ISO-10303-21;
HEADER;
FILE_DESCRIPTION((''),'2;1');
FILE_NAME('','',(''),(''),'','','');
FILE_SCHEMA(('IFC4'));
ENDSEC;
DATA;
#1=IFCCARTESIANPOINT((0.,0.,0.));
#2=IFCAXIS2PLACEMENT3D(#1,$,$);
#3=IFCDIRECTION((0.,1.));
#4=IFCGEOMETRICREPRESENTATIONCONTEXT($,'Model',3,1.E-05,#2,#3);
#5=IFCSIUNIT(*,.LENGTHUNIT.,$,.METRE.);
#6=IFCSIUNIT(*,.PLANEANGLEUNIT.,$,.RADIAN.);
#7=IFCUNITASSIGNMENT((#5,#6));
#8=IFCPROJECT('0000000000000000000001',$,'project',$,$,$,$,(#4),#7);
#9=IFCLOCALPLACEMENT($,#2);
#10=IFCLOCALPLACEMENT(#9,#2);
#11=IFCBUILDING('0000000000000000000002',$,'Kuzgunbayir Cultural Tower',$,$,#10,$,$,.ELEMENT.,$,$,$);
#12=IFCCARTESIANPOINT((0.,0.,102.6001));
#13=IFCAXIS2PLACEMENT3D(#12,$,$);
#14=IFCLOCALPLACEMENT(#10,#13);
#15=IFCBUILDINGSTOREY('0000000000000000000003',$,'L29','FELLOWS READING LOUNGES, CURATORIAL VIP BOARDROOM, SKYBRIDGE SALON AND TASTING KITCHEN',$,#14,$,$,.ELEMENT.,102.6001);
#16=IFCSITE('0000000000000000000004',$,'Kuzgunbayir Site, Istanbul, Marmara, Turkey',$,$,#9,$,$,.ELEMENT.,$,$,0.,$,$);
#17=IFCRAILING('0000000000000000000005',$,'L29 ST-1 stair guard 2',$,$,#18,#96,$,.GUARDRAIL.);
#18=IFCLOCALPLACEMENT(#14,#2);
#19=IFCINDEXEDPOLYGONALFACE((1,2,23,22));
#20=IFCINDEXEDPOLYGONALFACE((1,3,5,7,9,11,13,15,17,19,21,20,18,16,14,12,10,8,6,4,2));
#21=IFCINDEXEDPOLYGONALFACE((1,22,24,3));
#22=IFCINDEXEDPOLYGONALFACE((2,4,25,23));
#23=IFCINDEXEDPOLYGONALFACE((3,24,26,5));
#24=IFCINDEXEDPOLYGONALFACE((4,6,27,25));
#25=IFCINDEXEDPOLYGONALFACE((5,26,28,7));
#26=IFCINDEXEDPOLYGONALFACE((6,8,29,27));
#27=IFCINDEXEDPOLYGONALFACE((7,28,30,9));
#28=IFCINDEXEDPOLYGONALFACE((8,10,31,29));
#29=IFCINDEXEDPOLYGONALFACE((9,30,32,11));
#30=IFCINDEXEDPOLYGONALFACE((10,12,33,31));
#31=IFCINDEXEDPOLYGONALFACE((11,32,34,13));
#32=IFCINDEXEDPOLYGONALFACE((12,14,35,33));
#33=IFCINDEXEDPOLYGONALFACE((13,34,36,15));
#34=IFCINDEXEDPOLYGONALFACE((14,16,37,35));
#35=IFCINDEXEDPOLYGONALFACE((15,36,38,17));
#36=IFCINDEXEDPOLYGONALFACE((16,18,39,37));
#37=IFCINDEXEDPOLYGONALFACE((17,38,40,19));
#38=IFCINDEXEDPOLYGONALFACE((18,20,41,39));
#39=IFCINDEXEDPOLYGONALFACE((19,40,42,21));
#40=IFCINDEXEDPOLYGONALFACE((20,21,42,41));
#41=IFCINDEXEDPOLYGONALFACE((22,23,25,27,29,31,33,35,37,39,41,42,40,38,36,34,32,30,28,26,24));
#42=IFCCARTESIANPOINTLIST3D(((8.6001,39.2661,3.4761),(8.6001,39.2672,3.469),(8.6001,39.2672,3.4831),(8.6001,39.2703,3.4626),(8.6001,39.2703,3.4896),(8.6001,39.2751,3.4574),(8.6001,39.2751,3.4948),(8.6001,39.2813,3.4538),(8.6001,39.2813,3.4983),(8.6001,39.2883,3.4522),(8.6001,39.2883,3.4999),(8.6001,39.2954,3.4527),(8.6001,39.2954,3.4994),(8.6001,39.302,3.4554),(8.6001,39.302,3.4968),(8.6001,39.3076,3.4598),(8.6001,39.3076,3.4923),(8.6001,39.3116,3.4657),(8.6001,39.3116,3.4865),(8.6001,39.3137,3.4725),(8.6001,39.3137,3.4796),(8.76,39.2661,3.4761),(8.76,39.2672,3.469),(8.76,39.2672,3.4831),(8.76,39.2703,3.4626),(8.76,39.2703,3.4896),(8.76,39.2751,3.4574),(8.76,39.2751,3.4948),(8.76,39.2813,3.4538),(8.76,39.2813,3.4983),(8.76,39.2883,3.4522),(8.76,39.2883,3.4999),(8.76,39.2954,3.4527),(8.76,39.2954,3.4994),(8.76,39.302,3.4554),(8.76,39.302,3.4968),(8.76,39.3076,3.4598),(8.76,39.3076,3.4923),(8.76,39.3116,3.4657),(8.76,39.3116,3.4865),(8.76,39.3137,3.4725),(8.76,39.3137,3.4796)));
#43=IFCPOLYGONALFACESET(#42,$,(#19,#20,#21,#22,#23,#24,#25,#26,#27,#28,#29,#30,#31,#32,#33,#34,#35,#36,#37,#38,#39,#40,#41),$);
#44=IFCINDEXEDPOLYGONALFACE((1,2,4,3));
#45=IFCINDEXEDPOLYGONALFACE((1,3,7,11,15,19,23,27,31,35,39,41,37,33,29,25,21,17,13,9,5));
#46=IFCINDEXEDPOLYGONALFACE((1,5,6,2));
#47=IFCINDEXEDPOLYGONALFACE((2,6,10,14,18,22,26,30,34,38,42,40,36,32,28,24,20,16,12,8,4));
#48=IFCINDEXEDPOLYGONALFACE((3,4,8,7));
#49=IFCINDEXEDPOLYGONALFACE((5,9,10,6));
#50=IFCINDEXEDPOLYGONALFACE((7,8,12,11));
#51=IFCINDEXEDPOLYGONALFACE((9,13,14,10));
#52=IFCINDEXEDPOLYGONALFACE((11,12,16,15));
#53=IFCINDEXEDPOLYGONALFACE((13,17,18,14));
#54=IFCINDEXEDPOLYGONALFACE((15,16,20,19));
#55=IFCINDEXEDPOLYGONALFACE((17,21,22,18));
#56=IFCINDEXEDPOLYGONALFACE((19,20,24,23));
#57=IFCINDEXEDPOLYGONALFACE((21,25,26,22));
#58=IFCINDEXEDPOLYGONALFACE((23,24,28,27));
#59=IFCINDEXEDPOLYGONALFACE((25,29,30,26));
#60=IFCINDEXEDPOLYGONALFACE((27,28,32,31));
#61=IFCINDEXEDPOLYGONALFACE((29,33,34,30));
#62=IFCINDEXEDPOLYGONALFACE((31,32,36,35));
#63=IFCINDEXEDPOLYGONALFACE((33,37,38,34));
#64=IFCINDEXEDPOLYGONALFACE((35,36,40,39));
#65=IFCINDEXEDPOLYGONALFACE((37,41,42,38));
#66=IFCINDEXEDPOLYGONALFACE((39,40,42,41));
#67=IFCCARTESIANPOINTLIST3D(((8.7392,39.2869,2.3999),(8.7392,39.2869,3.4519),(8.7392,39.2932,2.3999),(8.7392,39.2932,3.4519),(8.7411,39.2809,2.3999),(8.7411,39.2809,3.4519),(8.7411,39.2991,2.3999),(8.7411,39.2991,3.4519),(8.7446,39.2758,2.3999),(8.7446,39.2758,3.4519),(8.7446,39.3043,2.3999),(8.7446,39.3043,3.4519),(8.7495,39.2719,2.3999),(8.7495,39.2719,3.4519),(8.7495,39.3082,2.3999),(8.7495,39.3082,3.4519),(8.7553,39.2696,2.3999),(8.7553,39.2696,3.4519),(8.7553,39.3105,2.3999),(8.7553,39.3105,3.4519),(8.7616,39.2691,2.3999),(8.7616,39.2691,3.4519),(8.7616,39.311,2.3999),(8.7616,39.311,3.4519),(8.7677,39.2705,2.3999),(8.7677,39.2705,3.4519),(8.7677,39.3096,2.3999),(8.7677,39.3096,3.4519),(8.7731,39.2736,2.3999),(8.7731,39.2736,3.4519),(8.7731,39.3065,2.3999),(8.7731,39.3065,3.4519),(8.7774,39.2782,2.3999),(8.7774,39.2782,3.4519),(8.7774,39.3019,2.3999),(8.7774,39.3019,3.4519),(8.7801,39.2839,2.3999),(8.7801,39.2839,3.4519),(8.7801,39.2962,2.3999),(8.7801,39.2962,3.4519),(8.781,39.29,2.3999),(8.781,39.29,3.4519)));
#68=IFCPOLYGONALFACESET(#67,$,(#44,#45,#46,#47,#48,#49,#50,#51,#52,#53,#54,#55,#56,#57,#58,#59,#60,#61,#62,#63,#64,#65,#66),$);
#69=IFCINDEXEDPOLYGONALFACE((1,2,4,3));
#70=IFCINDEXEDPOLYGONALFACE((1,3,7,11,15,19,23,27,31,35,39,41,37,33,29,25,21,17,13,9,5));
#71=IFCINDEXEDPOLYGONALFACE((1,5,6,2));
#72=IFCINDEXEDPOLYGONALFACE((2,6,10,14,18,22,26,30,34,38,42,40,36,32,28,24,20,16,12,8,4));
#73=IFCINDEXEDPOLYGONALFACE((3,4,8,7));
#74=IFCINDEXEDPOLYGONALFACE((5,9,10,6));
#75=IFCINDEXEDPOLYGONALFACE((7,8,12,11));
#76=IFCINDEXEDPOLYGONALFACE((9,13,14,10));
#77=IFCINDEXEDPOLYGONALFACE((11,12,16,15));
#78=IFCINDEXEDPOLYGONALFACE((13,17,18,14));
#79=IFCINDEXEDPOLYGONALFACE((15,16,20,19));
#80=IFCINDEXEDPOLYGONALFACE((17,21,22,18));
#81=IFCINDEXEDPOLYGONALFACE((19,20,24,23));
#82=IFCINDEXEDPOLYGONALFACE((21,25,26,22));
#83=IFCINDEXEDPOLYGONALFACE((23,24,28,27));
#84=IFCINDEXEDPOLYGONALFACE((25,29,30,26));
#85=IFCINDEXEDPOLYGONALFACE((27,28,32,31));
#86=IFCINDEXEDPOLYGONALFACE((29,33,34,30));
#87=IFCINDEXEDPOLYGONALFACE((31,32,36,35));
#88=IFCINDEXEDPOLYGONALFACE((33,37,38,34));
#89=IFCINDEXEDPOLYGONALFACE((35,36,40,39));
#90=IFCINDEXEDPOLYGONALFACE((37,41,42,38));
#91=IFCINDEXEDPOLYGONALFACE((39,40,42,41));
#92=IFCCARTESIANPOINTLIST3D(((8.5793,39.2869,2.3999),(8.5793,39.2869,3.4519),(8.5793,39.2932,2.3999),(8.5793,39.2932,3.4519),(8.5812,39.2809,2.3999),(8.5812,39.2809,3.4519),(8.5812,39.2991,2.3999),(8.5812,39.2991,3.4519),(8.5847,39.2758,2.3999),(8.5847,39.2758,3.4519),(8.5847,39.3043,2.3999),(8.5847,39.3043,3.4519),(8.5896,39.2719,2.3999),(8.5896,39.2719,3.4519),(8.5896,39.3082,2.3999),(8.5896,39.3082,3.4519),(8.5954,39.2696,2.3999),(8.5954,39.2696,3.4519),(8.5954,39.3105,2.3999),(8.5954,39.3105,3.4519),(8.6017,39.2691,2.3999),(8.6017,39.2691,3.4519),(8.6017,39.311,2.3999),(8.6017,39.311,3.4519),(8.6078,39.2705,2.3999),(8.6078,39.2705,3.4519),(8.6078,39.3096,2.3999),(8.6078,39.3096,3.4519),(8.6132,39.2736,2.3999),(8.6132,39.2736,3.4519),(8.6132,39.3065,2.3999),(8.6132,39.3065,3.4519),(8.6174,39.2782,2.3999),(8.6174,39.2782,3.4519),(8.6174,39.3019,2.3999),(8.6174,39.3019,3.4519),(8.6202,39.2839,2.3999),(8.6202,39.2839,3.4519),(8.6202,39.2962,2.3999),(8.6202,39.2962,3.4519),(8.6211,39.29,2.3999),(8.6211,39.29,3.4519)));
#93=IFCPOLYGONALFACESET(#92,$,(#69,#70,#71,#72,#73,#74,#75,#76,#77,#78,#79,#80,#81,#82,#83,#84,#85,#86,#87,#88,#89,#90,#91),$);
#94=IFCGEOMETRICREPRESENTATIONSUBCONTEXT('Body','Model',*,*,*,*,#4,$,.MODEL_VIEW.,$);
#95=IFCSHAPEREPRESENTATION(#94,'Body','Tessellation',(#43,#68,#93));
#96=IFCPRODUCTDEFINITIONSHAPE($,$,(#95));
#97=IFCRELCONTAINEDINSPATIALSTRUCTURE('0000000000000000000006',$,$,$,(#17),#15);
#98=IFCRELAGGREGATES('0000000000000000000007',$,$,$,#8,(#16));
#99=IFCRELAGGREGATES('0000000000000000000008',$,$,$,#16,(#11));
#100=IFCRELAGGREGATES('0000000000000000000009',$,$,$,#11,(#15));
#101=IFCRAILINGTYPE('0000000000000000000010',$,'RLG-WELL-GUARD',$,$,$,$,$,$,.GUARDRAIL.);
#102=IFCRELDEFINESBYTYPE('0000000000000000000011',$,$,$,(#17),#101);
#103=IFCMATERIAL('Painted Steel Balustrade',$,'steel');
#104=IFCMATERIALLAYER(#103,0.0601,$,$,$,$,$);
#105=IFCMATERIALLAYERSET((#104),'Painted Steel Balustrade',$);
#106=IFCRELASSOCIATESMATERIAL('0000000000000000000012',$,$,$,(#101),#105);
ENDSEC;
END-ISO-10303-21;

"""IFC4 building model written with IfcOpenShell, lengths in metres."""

from ifc_helpers import new_model, si_unit, direction, frame, origin, origin_2d, place, context, subcontext, project, spatial, circle, extrude, material, layer, layer_set, type_object, element, save


model = new_model("IFC4")

# Units and contexts
model_context = context("Model", 3, precision=1e-05, world=origin(), true_north=direction((0.0, 1.0)))
body_context = subcontext(model_context, "Body", "Model", "MODEL_VIEW")
ifc_project = project(units=[si_unit("LENGTHUNIT", "METRE"), si_unit("PLANEANGLEUNIT", "RADIAN")], contexts=[model_context])

# Site, building, storey
site_placement = place(None, origin())
site = spatial("IfcSite", under=ifc_project, at=site_placement, Name="Kuzgunbayir Site, Istanbul, Marmara, Turkey", CompositionType="ELEMENT", RefElevation=0.0)
building_placement = place(site_placement, origin())
building = spatial("IfcBuilding", under=site, at=building_placement, Name="Kuzgunbayir Cultural Tower", CompositionType="ELEMENT")
storey_placement = place(building_placement, frame((0.0, 0.0, 102.6001)))
storey = spatial("IfcBuildingStorey", under=building, at=storey_placement, Name="L29", Description="FELLOWS READING LOUNGES, CURATORIAL VIP BOARDROOM, SKYBRIDGE SALON AND TASTING KITCHEN", CompositionType="ELEMENT", Elevation=102.6001)

# Railing
ifc_material_1 = material(Name="Painted Steel Balustrade", Category="steel")
ifc_layer_1 = layer(ifc_material_1, 0.0601)
ifc_layer_set_1 = layer_set([ifc_layer_1], Name="Painted Steel Balustrade")
railing_type_1 = type_object("IfcRailingType", Name="RLG-WELL-GUARD", PredefinedType="GUARDRAIL", material=ifc_layer_set_1)
railing_1_placement = place(storey_placement, frame((8.76, 39.29, 2.3999)))
element("IfcRailing", 1, at=railing_1_placement, inside=storey, type_object=railing_type_1, Name="L29 ST-1 stair guard 2", PredefinedType="GUARDRAIL", context=body_context, shape_type="SweptSolid", body=[
    extrude(circle(Radius=0.0239, at=origin_2d()), frame((0.0, 0.0, 1.0762), z_axis=(-1.0, 0.0, 0.0), x_axis=(0.0, -1.0, 0.0)), (0.0, 0.0, 1.0), 0.1599),
    extrude(circle(Radius=0.021, at=origin_2d()), origin(), (0.0, 0.0, 1.0), 1.052),
    extrude(circle(Radius=0.021, at=origin_2d()), frame((-0.1599, 0.0, 0.0)), (0.0, 0.0, 1.0), 1.052),
])

save(model, "model.ifc")
